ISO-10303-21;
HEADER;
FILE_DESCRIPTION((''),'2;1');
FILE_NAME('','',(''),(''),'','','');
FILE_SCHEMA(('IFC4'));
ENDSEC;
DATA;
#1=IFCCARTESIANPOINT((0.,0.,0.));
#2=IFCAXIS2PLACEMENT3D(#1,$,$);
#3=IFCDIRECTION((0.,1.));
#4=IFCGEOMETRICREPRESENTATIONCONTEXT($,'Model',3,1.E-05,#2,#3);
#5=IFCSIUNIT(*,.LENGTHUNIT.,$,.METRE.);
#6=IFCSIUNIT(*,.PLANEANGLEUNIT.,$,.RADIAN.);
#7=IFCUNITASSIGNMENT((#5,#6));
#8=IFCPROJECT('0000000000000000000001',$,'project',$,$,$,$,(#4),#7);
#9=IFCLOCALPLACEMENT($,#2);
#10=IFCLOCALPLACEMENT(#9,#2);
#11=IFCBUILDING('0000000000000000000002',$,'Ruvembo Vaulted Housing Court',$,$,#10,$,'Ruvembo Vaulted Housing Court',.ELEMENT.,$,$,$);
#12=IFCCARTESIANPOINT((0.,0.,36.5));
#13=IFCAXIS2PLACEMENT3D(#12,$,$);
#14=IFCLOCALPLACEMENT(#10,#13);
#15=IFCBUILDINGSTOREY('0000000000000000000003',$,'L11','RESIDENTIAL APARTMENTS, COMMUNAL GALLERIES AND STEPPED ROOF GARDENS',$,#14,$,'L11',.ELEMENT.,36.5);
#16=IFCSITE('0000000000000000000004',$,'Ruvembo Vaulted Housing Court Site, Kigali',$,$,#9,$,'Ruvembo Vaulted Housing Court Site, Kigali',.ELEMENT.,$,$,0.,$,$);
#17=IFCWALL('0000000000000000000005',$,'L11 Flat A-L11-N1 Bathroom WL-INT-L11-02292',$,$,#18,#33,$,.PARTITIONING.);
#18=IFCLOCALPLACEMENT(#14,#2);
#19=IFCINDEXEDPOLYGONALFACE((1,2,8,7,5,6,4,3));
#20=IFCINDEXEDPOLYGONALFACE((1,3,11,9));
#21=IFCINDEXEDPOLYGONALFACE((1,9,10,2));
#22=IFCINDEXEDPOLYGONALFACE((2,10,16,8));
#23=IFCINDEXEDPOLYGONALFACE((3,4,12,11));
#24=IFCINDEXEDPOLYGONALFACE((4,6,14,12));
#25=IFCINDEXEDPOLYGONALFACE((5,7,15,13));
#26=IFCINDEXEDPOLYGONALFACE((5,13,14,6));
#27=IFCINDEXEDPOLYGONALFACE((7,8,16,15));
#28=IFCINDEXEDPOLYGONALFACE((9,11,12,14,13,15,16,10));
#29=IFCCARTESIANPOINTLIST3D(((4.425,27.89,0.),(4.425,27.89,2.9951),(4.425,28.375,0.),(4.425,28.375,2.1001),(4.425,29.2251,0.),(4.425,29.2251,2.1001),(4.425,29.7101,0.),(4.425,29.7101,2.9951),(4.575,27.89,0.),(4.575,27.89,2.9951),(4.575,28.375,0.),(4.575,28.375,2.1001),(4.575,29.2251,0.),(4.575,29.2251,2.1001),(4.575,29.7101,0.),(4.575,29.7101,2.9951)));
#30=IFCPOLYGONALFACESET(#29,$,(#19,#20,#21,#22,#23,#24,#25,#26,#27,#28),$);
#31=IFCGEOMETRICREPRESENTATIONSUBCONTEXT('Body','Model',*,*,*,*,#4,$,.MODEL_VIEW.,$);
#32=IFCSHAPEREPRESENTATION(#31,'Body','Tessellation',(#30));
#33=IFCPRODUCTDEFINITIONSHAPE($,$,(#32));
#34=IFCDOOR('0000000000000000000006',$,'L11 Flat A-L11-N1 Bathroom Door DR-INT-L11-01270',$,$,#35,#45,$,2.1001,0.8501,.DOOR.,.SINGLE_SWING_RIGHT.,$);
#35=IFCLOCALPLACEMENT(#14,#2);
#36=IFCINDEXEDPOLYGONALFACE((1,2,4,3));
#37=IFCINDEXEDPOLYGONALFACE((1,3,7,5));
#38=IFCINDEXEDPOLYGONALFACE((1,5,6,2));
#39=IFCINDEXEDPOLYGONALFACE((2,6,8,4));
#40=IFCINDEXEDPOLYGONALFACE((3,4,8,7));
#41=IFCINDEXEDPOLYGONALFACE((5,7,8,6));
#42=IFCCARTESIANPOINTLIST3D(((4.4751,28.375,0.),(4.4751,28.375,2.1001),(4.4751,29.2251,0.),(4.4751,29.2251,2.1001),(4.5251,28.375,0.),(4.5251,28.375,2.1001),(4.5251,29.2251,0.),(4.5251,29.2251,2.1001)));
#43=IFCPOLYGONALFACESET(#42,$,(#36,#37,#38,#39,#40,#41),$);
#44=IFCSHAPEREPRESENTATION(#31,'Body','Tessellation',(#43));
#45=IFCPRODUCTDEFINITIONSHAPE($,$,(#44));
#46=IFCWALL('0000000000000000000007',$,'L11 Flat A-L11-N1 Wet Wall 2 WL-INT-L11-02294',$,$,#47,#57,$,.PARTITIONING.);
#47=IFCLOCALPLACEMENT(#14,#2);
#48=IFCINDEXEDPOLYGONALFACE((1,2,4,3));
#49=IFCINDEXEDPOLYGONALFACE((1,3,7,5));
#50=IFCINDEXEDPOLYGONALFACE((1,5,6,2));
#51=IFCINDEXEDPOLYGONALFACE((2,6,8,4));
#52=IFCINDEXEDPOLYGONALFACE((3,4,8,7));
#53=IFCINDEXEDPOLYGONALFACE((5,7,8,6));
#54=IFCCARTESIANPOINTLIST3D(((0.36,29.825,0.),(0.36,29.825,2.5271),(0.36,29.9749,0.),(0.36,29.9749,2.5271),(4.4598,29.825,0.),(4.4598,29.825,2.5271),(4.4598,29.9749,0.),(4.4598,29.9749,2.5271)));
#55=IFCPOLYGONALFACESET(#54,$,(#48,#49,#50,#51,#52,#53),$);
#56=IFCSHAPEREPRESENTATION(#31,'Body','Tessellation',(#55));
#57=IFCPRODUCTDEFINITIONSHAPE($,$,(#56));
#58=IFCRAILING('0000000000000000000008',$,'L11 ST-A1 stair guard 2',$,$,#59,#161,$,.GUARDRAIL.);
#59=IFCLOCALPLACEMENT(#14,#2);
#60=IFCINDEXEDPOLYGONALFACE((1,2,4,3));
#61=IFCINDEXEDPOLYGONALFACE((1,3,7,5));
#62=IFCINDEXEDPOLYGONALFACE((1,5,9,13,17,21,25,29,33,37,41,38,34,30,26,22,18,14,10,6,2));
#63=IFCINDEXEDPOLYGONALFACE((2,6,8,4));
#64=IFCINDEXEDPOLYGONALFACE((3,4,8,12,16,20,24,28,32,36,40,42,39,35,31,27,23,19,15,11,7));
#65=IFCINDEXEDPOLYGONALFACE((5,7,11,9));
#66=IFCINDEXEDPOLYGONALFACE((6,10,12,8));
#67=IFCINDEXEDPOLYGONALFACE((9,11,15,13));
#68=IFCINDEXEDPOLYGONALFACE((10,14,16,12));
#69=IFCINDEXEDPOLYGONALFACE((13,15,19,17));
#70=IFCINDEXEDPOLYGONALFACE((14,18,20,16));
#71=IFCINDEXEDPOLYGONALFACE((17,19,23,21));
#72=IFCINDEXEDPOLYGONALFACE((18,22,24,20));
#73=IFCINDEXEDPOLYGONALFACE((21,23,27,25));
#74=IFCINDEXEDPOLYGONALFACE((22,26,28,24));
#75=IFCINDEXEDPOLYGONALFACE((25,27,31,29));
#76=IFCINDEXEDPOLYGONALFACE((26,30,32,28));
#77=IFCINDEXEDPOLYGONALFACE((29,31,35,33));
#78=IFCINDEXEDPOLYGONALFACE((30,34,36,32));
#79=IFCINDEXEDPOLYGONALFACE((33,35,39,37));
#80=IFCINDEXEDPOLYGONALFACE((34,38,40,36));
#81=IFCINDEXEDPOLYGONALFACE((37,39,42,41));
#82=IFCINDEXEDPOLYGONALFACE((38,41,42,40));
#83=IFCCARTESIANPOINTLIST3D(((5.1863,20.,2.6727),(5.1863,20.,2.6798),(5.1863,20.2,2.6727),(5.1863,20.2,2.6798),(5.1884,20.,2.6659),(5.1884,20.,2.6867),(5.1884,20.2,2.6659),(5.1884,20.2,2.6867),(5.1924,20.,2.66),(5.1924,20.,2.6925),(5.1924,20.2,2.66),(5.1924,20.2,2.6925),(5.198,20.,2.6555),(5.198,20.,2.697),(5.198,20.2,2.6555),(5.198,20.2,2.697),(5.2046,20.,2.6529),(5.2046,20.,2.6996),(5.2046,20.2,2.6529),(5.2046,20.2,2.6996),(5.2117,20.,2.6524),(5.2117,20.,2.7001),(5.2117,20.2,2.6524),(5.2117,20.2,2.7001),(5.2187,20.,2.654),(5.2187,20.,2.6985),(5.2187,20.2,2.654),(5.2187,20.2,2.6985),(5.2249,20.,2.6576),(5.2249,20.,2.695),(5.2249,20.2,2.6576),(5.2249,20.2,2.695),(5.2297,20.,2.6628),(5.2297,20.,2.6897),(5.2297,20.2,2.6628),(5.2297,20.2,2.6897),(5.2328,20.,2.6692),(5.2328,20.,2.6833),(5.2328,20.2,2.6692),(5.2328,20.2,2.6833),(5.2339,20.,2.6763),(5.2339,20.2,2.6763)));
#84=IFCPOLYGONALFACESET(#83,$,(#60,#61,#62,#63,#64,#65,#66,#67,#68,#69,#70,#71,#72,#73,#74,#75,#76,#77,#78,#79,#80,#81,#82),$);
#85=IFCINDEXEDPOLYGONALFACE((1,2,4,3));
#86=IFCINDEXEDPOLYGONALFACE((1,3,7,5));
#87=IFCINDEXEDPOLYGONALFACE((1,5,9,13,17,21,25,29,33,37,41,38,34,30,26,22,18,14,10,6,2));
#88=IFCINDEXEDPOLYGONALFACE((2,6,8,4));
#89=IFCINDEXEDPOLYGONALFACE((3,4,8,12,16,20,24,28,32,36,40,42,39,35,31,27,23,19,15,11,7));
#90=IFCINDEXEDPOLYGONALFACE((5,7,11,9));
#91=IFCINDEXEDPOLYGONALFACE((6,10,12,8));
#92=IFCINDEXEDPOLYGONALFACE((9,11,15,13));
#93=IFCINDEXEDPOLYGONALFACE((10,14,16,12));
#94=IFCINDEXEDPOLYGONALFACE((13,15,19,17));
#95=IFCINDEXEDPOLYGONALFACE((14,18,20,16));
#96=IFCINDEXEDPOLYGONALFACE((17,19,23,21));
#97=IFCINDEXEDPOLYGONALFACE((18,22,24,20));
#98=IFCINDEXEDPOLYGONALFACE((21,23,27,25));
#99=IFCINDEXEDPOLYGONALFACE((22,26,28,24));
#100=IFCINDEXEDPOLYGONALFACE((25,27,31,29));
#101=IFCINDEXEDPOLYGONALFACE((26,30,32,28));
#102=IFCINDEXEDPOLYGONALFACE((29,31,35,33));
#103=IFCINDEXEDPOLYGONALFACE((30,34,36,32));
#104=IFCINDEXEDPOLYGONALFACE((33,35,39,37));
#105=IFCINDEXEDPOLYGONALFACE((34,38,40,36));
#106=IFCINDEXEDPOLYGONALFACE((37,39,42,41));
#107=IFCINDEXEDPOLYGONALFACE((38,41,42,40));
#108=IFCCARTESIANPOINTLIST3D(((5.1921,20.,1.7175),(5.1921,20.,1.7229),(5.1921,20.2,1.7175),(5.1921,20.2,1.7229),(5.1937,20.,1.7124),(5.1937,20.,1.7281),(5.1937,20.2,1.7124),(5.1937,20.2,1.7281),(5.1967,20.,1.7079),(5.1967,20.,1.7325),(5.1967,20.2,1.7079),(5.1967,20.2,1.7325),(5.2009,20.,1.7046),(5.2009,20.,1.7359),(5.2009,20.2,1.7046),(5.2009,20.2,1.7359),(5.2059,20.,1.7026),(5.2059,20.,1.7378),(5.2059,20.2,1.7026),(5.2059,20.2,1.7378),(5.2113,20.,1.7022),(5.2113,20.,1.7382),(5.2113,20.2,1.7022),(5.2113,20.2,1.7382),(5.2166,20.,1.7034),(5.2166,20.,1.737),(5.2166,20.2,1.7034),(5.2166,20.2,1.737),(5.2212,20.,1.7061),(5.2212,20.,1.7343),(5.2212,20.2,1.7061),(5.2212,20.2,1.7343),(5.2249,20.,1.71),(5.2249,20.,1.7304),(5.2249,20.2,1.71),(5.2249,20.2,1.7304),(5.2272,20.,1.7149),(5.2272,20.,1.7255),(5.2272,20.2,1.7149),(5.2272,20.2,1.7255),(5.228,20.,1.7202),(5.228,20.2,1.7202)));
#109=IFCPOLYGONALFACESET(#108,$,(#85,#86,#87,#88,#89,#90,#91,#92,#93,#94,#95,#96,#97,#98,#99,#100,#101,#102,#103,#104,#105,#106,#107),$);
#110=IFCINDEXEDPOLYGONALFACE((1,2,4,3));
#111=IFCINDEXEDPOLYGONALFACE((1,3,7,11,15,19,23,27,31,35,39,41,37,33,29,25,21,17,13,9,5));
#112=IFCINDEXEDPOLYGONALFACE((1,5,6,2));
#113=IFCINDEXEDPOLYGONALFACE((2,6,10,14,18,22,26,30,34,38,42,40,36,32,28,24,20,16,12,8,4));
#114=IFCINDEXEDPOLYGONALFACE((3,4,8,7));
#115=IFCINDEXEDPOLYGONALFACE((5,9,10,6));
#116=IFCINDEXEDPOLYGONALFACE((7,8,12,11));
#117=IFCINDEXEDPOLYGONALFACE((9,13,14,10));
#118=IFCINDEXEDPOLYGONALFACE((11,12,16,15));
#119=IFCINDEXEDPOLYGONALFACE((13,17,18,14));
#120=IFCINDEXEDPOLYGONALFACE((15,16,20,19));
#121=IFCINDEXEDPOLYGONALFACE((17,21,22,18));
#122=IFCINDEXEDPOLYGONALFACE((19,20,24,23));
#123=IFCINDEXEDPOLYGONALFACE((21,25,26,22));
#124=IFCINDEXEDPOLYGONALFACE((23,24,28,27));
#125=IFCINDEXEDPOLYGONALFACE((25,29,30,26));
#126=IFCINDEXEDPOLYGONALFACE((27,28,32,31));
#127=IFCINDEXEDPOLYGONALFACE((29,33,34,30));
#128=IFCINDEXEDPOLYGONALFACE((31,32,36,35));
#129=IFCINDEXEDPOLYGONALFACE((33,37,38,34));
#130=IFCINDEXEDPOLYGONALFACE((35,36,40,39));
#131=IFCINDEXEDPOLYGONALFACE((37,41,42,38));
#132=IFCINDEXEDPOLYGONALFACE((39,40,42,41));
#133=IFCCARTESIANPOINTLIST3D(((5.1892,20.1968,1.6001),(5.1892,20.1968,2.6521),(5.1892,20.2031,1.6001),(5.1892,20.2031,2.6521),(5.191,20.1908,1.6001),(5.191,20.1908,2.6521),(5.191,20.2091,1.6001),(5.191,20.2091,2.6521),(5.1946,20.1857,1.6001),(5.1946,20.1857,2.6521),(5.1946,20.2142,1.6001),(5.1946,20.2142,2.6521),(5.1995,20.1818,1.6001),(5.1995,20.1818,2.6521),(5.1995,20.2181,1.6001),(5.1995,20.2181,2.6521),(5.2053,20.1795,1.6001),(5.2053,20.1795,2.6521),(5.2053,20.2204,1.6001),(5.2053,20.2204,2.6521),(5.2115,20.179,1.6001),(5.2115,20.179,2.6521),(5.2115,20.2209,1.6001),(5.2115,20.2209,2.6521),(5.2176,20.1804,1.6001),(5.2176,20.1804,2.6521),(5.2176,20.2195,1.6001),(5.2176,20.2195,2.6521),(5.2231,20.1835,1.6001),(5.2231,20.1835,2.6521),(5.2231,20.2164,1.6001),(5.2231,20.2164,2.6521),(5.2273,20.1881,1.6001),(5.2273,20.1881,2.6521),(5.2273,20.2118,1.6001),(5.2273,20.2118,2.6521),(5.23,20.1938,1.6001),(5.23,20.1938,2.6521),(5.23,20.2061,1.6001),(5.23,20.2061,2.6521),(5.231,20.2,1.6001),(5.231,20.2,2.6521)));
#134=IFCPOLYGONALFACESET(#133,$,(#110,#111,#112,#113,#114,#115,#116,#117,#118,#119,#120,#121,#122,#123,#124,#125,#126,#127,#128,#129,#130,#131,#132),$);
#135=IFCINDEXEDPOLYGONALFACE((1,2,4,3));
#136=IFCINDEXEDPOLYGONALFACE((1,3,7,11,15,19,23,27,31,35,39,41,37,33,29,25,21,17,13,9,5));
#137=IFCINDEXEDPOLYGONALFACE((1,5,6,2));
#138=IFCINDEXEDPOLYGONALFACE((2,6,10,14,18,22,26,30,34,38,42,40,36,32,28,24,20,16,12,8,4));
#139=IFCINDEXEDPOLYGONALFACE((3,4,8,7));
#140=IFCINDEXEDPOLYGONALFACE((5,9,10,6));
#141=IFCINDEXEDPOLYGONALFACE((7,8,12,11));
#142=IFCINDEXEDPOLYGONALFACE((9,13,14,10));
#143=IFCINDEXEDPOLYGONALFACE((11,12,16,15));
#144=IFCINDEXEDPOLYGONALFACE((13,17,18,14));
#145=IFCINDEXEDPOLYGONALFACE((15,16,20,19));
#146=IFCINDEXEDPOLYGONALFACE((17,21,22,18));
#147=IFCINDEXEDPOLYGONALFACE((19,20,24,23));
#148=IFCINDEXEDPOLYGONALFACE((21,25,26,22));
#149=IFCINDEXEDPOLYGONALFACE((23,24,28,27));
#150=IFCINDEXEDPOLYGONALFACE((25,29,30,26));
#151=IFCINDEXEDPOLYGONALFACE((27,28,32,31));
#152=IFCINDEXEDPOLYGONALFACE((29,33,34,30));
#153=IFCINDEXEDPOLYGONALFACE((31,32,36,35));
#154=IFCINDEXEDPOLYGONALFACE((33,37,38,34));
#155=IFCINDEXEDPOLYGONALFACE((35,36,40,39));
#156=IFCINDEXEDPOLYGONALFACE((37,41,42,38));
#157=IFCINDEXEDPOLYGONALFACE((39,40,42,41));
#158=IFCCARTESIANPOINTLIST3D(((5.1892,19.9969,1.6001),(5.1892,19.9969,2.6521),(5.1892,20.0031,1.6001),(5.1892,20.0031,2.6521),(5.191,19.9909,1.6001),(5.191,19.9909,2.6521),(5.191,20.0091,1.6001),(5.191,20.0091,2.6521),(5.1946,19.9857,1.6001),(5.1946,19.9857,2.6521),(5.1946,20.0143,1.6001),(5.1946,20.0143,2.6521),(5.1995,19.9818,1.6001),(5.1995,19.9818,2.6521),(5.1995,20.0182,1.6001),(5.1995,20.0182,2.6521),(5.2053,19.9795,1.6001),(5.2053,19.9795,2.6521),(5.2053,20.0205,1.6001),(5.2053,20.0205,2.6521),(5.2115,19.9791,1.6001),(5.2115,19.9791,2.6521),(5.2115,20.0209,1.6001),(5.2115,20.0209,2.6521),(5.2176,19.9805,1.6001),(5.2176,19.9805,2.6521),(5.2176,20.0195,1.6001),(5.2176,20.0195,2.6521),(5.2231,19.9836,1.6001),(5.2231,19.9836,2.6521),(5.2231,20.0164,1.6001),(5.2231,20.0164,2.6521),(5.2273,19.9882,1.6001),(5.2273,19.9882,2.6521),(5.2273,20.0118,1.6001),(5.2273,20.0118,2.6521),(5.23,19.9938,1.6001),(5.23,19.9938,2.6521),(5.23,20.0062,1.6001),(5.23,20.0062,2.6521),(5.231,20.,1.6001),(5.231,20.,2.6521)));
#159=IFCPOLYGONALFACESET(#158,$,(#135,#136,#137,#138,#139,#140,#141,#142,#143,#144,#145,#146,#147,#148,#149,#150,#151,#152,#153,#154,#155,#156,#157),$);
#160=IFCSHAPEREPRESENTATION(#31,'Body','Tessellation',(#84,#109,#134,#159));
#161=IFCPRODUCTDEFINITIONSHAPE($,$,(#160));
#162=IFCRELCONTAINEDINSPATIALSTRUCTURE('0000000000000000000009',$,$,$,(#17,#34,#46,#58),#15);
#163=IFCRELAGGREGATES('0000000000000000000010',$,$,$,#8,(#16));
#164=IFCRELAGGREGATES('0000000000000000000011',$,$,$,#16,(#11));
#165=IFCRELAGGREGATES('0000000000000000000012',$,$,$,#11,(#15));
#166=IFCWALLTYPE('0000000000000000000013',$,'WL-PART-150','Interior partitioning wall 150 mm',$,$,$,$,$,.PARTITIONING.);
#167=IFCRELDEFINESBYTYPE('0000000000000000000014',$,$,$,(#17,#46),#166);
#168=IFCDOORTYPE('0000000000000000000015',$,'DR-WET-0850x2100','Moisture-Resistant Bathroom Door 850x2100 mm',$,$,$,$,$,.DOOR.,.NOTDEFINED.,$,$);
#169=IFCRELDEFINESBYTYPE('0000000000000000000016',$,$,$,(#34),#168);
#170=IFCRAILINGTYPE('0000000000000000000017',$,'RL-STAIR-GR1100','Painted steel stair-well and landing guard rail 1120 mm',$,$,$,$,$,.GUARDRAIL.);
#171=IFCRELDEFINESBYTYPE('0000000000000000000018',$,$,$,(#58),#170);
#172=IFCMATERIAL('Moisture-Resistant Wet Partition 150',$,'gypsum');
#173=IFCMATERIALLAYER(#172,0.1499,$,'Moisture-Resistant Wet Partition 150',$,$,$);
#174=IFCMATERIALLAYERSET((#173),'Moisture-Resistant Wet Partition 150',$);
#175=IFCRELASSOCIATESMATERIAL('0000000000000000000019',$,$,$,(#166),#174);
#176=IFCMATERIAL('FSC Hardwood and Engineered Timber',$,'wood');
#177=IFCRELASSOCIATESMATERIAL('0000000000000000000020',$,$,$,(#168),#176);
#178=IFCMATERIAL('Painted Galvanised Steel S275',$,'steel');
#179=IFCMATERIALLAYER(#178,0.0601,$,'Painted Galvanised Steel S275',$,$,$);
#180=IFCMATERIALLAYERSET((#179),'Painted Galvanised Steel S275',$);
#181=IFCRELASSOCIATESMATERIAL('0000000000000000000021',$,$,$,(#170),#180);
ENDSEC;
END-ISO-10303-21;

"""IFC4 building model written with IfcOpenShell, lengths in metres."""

from ifc_helpers import new_model, si_unit, direction, frame, frame_2d, origin, origin_2d, place, context, subcontext, project, spatial, rectangle, circle, extrude, material, layer, layer_set, type_object, element, fill, save


model = new_model("IFC4")

# Units and contexts
model_context = context("Model", 3, precision=1e-05, world=origin(), true_north=direction((0.0, 1.0)))
body_context = subcontext(model_context, "Body", "Model", "MODEL_VIEW")
ifc_project = project(units=[si_unit("LENGTHUNIT", "METRE"), si_unit("PLANEANGLEUNIT", "RADIAN")], contexts=[model_context])

# Site, building, storey
site_placement = place(None, origin())
site = spatial("IfcSite", under=ifc_project, at=site_placement, Name="Ruvembo Vaulted Housing Court Site, Kigali", LongName="Ruvembo Vaulted Housing Court Site, Kigali", CompositionType="ELEMENT", RefElevation=0.0)
building_placement = place(site_placement, origin())
building = spatial("IfcBuilding", under=site, at=building_placement, Name="Ruvembo Vaulted Housing Court", LongName="Ruvembo Vaulted Housing Court", CompositionType="ELEMENT")
storey_placement = place(building_placement, frame((0.0, 0.0, 36.5)))
storey = spatial("IfcBuildingStorey", under=building, at=storey_placement, Name="L11", Description="RESIDENTIAL APARTMENTS, COMMUNAL GALLERIES AND STEPPED ROOF GARDENS", LongName="L11", CompositionType="ELEMENT", Elevation=36.5)

# Shared definitions
ifc_material_1 = material(Name="FSC Hardwood and Engineered Timber", Category="wood")

# Wall, opening, door
ifc_material_2 = material(Name="Moisture-Resistant Wet Partition 150", Category="gypsum")
ifc_layer_1 = layer(ifc_material_2, 0.1499, Name="Moisture-Resistant Wet Partition 150")
ifc_layer_set_1 = layer_set([ifc_layer_1], Name="Moisture-Resistant Wet Partition 150")
wall_type_1 = type_object("IfcWallType", Name="WL-PART-150", Description="Interior partitioning wall 150 mm", PredefinedType="PARTITIONING", material=ifc_layer_set_1)
wall_1_placement = place(storey_placement, frame((4.5, 27.8899, 0.0), z_axis=(0.0, 0.0, 1.0), x_axis=(0.0, 1.0, 0.0)))
wall_1 = element("IfcWall", 1, at=wall_1_placement, inside=storey, type_object=wall_type_1, Name="L11 Flat A-L11-N1 Bathroom WL-INT-L11-02292", PredefinedType="PARTITIONING", context=body_context, shape_type="SweptSolid", body=[
    extrude(rectangle(XDim=1.8201, YDim=0.1499, at=frame_2d((0.9102, 0.0))), origin(), (0.0, 0.0, 1.0), 2.9951),
])
opening_1_placement = place(wall_1_placement, frame((0.4851, 0.0, 0.0)))
opening_1 = element("IfcOpeningElement", 2, at=opening_1_placement, cuts=wall_1, PredefinedType="OPENING", context=body_context, shape_type="SweptSolid", body=[
    extrude(rectangle(XDim=0.8501, YDim=2.1001, at=frame_2d((0.425, 1.05))), frame((0.0, 0.085, 0.0), z_axis=(0.0, -1.0, 0.0), x_axis=(1.0, 0.0, 0.0)), (0.0, 0.0, 1.0), 0.1699),
])
door_type_1 = type_object("IfcDoorType", Name="DR-WET-0850x2100", Description="Moisture-Resistant Bathroom Door 850x2100 mm", OperationType="NOTDEFINED", PredefinedType="DOOR", material=ifc_material_1)
door_1_placement = place(opening_1_placement, origin())
door_1 = element("IfcDoor", 3, at=door_1_placement, inside=storey, type_object=door_type_1, Name="L11 Flat A-L11-N1 Bathroom Door DR-INT-L11-01270", OperationType="SINGLE_SWING_RIGHT", OverallHeight=2.1001, OverallWidth=0.8501, PredefinedType="DOOR", context=body_context, shape_type="SweptSolid", body=[
    extrude(rectangle(XDim=0.8501, YDim=2.1001, at=frame_2d((0.425, 1.05))), frame((0.0, 0.0249, 0.0), z_axis=(0.0, -1.0, 0.0), x_axis=(1.0, 0.0, 0.0)), (0.0, 0.0, 1.0), 0.05),
])
fill(opening_1, door_1)

# Wall
wall_2_placement = place(storey_placement, frame((0.3601, 29.8999, 0.0), z_axis=(0.0, 0.0, 1.0), x_axis=(1.0, 0.0, 0.0)))
element("IfcWall", 4, at=wall_2_placement, inside=storey, type_object=wall_type_1, Name="L11 Flat A-L11-N1 Wet Wall 2 WL-INT-L11-02294", PredefinedType="PARTITIONING", context=body_context, shape_type="SweptSolid", body=[
    extrude(rectangle(XDim=4.0999, YDim=0.1499, at=frame_2d((2.0498, 0.0))), origin(), (0.0, 0.0, 1.0), 2.5271),
])

# Railing
ifc_material_3 = material(Name="Painted Galvanised Steel S275", Category="steel")
ifc_layer_2 = layer(ifc_material_3, 0.0601, Name="Painted Galvanised Steel S275")
ifc_layer_set_2 = layer_set([ifc_layer_2], Name="Painted Galvanised Steel S275")
railing_type_1 = type_object("IfcRailingType", Name="RL-STAIR-GR1100", Description="Painted steel stair-well and landing guard rail 1120 mm", PredefinedType="GUARDRAIL", material=ifc_layer_set_2)
railing_1_placement = place(storey_placement, frame((5.21, 20.2, 1.6001)))
element("IfcRailing", 5, at=railing_1_placement, inside=storey, type_object=railing_type_1, Name="L11 ST-A1 stair guard 2", PredefinedType="GUARDRAIL", context=body_context, shape_type="SweptSolid", body=[
    extrude(circle(Radius=0.0239, at=origin_2d()), frame((0.0, 0.0, 1.0762), z_axis=(0.0, -1.0, 0.0), x_axis=(1.0, 0.0, 0.0)), (0.0, 0.0, 1.0), 0.2),
    extrude(circle(Radius=0.0181, at=origin_2d()), frame((0.0, 0.0, 0.1201), z_axis=(0.0, -1.0, 0.0), x_axis=(1.0, 0.0, 0.0)), (0.0, 0.0, 1.0), 0.2),
    extrude(circle(Radius=0.021, at=origin_2d()), origin(), (0.0, 0.0, 1.0), 1.052),
    extrude(circle(Radius=0.021, at=origin_2d()), frame((0.0, -0.2, 0.0)), (0.0, 0.0, 1.0), 1.052),
])

save(model, "model.ifc")
